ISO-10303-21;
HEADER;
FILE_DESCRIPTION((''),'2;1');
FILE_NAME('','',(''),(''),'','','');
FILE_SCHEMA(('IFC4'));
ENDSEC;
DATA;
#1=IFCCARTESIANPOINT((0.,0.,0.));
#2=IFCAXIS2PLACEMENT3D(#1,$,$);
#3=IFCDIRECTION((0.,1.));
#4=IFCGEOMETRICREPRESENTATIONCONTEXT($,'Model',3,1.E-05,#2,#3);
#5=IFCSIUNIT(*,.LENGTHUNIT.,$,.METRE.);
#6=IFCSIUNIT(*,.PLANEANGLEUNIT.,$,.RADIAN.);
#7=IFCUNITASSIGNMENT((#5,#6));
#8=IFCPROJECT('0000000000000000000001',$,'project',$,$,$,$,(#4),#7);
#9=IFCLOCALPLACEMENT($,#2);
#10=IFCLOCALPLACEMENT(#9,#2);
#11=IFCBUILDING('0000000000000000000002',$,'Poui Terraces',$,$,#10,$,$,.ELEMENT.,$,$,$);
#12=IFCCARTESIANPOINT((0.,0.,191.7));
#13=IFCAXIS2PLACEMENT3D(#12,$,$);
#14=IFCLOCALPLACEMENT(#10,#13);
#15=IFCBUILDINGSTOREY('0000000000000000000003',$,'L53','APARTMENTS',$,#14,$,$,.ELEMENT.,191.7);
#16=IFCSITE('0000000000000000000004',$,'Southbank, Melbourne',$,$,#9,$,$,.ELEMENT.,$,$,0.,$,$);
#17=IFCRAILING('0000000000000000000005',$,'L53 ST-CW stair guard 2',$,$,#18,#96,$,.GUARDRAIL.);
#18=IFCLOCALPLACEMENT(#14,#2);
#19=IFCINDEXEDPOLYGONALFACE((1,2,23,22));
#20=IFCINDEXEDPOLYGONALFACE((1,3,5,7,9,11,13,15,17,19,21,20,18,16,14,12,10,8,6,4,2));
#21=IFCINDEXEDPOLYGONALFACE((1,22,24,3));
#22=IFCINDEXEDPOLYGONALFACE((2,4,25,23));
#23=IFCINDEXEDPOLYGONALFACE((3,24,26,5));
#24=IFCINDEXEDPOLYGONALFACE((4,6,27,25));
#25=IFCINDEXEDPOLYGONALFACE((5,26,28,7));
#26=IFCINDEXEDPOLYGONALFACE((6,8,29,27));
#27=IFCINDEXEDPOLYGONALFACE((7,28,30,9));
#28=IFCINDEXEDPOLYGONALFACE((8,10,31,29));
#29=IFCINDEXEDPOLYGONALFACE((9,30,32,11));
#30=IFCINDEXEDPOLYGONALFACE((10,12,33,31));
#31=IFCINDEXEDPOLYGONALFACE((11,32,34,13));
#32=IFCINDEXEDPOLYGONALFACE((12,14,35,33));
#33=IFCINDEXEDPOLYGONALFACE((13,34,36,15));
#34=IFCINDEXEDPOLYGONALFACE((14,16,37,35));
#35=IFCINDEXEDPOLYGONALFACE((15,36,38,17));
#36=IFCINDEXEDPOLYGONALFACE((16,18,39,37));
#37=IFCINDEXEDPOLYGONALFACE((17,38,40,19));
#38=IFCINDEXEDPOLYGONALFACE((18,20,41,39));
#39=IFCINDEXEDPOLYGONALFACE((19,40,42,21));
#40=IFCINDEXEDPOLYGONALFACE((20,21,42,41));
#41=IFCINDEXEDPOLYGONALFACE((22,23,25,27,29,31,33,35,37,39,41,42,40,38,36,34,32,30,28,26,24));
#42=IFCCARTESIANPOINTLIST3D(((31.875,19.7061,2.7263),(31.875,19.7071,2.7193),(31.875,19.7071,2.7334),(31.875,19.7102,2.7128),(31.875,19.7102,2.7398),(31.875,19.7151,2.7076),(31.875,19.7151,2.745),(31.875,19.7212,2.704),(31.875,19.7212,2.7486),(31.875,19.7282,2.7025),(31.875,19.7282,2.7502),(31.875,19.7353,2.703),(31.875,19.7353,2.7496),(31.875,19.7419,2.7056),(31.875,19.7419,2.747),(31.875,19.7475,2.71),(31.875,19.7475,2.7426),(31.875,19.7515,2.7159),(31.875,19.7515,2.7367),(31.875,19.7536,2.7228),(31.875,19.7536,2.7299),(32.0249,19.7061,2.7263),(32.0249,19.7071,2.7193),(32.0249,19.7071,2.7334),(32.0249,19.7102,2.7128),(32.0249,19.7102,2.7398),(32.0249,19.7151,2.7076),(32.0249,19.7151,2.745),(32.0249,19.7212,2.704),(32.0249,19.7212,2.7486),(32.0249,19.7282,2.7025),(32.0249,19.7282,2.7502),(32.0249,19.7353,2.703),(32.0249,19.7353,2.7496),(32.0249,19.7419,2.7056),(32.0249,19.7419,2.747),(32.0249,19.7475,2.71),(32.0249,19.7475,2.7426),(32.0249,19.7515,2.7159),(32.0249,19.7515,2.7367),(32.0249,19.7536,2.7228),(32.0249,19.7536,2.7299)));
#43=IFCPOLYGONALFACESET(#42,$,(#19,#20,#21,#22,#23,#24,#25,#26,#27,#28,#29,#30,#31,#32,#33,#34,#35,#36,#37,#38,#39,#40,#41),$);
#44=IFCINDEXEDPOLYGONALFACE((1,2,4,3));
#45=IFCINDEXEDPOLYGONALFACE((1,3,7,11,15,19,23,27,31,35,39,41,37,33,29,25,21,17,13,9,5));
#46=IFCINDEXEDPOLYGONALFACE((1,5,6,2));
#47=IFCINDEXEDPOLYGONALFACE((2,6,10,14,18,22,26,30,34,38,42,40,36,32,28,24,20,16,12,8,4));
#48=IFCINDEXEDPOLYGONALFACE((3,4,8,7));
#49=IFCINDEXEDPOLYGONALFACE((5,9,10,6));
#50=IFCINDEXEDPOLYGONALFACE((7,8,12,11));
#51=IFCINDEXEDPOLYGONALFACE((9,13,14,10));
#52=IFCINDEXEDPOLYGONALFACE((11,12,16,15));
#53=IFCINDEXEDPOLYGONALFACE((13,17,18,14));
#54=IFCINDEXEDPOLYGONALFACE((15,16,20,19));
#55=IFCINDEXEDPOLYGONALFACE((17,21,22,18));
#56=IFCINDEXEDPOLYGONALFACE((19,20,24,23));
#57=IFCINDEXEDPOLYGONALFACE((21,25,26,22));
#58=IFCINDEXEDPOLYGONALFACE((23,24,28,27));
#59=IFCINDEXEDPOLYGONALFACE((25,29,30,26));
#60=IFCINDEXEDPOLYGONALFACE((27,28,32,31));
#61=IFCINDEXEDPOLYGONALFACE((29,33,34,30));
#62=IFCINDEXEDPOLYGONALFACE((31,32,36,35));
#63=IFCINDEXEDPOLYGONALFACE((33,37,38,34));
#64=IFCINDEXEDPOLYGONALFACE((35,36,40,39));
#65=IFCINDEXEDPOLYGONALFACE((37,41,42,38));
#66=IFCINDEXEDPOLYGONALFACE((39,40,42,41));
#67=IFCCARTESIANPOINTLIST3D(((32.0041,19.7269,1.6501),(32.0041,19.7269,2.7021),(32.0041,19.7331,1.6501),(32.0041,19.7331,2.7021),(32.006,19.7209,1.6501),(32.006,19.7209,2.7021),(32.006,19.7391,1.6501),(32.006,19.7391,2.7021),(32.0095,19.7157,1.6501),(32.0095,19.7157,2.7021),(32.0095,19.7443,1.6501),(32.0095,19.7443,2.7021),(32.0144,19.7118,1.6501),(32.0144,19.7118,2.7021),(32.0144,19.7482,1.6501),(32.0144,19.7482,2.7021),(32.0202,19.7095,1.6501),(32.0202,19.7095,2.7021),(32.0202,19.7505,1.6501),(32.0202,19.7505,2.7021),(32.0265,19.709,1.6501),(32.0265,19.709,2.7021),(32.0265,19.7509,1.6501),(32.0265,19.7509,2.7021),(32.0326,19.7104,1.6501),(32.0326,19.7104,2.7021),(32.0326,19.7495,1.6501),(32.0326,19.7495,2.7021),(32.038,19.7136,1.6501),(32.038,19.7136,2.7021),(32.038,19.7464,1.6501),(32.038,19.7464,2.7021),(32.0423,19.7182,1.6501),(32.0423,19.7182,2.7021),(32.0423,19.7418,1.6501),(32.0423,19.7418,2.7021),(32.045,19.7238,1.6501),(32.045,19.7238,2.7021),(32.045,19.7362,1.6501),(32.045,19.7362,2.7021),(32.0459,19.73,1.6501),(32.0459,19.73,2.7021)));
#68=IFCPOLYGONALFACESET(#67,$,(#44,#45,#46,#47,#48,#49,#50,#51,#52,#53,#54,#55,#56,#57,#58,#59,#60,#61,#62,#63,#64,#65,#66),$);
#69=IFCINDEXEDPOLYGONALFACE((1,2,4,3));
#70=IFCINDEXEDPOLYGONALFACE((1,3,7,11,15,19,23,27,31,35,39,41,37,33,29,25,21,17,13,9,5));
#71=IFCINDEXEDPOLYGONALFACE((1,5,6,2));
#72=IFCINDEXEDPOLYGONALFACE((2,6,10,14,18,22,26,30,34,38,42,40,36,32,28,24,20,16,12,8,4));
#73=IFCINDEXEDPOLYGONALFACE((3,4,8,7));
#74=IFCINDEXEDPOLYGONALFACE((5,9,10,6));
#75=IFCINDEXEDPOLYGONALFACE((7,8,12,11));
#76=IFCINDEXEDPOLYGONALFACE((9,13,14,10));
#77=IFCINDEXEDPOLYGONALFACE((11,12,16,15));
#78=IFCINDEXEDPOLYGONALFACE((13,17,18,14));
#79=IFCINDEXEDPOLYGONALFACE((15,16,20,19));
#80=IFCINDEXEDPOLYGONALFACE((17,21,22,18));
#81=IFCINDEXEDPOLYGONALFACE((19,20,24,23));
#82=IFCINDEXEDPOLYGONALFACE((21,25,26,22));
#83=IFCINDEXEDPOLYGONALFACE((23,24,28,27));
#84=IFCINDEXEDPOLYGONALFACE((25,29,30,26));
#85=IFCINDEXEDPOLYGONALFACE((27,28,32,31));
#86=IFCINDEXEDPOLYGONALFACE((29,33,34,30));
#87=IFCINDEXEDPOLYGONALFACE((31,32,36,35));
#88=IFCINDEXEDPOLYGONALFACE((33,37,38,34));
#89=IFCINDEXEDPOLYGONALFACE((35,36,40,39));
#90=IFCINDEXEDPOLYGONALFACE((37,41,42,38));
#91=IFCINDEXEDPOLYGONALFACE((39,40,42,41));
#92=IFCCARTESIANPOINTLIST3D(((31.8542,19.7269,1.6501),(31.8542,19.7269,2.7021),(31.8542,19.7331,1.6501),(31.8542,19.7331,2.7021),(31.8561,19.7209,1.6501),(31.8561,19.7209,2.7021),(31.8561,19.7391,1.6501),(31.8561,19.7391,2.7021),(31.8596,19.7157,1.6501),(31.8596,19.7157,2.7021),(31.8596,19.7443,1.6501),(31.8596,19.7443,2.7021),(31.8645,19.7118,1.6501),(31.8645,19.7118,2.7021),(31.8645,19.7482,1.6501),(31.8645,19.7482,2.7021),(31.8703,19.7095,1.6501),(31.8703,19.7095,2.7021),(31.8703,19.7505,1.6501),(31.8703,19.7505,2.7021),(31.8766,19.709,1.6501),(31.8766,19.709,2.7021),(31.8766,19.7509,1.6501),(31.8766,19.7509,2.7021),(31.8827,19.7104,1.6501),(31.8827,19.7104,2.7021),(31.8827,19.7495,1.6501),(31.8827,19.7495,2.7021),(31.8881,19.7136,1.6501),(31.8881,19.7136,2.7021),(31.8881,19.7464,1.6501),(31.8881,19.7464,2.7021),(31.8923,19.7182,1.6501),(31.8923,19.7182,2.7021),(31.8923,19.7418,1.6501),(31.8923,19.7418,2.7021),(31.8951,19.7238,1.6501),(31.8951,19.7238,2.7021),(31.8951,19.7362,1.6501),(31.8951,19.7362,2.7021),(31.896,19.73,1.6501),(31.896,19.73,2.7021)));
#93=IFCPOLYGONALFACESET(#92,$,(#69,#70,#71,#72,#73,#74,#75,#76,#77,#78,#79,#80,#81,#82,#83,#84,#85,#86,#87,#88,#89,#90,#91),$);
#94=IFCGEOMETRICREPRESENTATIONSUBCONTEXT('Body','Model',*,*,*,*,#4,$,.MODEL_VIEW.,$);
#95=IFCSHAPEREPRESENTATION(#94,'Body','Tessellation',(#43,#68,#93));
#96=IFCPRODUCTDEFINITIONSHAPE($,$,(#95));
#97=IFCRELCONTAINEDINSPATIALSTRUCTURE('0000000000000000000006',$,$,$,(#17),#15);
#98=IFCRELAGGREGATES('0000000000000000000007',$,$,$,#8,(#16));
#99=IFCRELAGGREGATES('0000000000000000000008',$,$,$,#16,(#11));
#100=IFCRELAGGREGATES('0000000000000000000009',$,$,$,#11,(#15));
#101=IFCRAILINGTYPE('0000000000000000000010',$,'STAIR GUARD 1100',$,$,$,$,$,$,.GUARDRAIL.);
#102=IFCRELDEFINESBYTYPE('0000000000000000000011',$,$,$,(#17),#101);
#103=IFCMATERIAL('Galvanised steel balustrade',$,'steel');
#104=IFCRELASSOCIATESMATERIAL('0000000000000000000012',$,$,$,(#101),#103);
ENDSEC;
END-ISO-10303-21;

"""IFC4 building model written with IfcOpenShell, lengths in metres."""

from ifc_helpers import new_model, si_unit, direction, frame, origin, origin_2d, place, context, subcontext, project, spatial, circle, extrude, material, type_object, element, save


model = new_model("IFC4")

# Units and contexts
model_context = context("Model", 3, precision=1e-05, world=origin(), true_north=direction((0.0, 1.0)))
body_context = subcontext(model_context, "Body", "Model", "MODEL_VIEW")
ifc_project = project(units=[si_unit("LENGTHUNIT", "METRE"), si_unit("PLANEANGLEUNIT", "RADIAN")], contexts=[model_context])

# Site, building, storey
site_placement = place(None, origin())
site = spatial("IfcSite", under=ifc_project, at=site_placement, Name="Southbank, Melbourne", CompositionType="ELEMENT", RefElevation=0.0)
building_placement = place(site_placement, origin())
building = spatial("IfcBuilding", under=site, at=building_placement, Name="Poui Terraces", CompositionType="ELEMENT")
storey_placement = place(building_placement, frame((0.0, 0.0, 191.7)))
storey = spatial("IfcBuildingStorey", under=building, at=storey_placement, Name="L53", Description="APARTMENTS", CompositionType="ELEMENT", Elevation=191.7)

# Railing
ifc_material_1 = material(Name="Galvanised steel balustrade", Category="steel")
railing_type_1 = type_object("IfcRailingType", Name="STAIR GUARD 1100", PredefinedType="GUARDRAIL", material=ifc_material_1)
railing_1_placement = place(storey_placement, frame((32.0249, 19.73, 1.6501)))
element("IfcRailing", 1, at=railing_1_placement, inside=storey, type_object=railing_type_1, Name="L53 ST-CW stair guard 2", PredefinedType="GUARDRAIL", context=body_context, shape_type="SweptSolid", body=[
    extrude(circle(Radius=0.0239, at=origin_2d()), frame((0.0, 0.0, 1.0762), z_axis=(-1.0, 0.0, 0.0), x_axis=(0.0, -1.0, 0.0)), (0.0, 0.0, 1.0), 0.1499),
    extrude(circle(Radius=0.021, at=origin_2d()), origin(), (0.0, 0.0, 1.0), 1.052),
    extrude(circle(Radius=0.021, at=origin_2d()), frame((-0.1499, 0.0, 0.0)), (0.0, 0.0, 1.0), 1.052),
])

save(model, "model.ifc")
